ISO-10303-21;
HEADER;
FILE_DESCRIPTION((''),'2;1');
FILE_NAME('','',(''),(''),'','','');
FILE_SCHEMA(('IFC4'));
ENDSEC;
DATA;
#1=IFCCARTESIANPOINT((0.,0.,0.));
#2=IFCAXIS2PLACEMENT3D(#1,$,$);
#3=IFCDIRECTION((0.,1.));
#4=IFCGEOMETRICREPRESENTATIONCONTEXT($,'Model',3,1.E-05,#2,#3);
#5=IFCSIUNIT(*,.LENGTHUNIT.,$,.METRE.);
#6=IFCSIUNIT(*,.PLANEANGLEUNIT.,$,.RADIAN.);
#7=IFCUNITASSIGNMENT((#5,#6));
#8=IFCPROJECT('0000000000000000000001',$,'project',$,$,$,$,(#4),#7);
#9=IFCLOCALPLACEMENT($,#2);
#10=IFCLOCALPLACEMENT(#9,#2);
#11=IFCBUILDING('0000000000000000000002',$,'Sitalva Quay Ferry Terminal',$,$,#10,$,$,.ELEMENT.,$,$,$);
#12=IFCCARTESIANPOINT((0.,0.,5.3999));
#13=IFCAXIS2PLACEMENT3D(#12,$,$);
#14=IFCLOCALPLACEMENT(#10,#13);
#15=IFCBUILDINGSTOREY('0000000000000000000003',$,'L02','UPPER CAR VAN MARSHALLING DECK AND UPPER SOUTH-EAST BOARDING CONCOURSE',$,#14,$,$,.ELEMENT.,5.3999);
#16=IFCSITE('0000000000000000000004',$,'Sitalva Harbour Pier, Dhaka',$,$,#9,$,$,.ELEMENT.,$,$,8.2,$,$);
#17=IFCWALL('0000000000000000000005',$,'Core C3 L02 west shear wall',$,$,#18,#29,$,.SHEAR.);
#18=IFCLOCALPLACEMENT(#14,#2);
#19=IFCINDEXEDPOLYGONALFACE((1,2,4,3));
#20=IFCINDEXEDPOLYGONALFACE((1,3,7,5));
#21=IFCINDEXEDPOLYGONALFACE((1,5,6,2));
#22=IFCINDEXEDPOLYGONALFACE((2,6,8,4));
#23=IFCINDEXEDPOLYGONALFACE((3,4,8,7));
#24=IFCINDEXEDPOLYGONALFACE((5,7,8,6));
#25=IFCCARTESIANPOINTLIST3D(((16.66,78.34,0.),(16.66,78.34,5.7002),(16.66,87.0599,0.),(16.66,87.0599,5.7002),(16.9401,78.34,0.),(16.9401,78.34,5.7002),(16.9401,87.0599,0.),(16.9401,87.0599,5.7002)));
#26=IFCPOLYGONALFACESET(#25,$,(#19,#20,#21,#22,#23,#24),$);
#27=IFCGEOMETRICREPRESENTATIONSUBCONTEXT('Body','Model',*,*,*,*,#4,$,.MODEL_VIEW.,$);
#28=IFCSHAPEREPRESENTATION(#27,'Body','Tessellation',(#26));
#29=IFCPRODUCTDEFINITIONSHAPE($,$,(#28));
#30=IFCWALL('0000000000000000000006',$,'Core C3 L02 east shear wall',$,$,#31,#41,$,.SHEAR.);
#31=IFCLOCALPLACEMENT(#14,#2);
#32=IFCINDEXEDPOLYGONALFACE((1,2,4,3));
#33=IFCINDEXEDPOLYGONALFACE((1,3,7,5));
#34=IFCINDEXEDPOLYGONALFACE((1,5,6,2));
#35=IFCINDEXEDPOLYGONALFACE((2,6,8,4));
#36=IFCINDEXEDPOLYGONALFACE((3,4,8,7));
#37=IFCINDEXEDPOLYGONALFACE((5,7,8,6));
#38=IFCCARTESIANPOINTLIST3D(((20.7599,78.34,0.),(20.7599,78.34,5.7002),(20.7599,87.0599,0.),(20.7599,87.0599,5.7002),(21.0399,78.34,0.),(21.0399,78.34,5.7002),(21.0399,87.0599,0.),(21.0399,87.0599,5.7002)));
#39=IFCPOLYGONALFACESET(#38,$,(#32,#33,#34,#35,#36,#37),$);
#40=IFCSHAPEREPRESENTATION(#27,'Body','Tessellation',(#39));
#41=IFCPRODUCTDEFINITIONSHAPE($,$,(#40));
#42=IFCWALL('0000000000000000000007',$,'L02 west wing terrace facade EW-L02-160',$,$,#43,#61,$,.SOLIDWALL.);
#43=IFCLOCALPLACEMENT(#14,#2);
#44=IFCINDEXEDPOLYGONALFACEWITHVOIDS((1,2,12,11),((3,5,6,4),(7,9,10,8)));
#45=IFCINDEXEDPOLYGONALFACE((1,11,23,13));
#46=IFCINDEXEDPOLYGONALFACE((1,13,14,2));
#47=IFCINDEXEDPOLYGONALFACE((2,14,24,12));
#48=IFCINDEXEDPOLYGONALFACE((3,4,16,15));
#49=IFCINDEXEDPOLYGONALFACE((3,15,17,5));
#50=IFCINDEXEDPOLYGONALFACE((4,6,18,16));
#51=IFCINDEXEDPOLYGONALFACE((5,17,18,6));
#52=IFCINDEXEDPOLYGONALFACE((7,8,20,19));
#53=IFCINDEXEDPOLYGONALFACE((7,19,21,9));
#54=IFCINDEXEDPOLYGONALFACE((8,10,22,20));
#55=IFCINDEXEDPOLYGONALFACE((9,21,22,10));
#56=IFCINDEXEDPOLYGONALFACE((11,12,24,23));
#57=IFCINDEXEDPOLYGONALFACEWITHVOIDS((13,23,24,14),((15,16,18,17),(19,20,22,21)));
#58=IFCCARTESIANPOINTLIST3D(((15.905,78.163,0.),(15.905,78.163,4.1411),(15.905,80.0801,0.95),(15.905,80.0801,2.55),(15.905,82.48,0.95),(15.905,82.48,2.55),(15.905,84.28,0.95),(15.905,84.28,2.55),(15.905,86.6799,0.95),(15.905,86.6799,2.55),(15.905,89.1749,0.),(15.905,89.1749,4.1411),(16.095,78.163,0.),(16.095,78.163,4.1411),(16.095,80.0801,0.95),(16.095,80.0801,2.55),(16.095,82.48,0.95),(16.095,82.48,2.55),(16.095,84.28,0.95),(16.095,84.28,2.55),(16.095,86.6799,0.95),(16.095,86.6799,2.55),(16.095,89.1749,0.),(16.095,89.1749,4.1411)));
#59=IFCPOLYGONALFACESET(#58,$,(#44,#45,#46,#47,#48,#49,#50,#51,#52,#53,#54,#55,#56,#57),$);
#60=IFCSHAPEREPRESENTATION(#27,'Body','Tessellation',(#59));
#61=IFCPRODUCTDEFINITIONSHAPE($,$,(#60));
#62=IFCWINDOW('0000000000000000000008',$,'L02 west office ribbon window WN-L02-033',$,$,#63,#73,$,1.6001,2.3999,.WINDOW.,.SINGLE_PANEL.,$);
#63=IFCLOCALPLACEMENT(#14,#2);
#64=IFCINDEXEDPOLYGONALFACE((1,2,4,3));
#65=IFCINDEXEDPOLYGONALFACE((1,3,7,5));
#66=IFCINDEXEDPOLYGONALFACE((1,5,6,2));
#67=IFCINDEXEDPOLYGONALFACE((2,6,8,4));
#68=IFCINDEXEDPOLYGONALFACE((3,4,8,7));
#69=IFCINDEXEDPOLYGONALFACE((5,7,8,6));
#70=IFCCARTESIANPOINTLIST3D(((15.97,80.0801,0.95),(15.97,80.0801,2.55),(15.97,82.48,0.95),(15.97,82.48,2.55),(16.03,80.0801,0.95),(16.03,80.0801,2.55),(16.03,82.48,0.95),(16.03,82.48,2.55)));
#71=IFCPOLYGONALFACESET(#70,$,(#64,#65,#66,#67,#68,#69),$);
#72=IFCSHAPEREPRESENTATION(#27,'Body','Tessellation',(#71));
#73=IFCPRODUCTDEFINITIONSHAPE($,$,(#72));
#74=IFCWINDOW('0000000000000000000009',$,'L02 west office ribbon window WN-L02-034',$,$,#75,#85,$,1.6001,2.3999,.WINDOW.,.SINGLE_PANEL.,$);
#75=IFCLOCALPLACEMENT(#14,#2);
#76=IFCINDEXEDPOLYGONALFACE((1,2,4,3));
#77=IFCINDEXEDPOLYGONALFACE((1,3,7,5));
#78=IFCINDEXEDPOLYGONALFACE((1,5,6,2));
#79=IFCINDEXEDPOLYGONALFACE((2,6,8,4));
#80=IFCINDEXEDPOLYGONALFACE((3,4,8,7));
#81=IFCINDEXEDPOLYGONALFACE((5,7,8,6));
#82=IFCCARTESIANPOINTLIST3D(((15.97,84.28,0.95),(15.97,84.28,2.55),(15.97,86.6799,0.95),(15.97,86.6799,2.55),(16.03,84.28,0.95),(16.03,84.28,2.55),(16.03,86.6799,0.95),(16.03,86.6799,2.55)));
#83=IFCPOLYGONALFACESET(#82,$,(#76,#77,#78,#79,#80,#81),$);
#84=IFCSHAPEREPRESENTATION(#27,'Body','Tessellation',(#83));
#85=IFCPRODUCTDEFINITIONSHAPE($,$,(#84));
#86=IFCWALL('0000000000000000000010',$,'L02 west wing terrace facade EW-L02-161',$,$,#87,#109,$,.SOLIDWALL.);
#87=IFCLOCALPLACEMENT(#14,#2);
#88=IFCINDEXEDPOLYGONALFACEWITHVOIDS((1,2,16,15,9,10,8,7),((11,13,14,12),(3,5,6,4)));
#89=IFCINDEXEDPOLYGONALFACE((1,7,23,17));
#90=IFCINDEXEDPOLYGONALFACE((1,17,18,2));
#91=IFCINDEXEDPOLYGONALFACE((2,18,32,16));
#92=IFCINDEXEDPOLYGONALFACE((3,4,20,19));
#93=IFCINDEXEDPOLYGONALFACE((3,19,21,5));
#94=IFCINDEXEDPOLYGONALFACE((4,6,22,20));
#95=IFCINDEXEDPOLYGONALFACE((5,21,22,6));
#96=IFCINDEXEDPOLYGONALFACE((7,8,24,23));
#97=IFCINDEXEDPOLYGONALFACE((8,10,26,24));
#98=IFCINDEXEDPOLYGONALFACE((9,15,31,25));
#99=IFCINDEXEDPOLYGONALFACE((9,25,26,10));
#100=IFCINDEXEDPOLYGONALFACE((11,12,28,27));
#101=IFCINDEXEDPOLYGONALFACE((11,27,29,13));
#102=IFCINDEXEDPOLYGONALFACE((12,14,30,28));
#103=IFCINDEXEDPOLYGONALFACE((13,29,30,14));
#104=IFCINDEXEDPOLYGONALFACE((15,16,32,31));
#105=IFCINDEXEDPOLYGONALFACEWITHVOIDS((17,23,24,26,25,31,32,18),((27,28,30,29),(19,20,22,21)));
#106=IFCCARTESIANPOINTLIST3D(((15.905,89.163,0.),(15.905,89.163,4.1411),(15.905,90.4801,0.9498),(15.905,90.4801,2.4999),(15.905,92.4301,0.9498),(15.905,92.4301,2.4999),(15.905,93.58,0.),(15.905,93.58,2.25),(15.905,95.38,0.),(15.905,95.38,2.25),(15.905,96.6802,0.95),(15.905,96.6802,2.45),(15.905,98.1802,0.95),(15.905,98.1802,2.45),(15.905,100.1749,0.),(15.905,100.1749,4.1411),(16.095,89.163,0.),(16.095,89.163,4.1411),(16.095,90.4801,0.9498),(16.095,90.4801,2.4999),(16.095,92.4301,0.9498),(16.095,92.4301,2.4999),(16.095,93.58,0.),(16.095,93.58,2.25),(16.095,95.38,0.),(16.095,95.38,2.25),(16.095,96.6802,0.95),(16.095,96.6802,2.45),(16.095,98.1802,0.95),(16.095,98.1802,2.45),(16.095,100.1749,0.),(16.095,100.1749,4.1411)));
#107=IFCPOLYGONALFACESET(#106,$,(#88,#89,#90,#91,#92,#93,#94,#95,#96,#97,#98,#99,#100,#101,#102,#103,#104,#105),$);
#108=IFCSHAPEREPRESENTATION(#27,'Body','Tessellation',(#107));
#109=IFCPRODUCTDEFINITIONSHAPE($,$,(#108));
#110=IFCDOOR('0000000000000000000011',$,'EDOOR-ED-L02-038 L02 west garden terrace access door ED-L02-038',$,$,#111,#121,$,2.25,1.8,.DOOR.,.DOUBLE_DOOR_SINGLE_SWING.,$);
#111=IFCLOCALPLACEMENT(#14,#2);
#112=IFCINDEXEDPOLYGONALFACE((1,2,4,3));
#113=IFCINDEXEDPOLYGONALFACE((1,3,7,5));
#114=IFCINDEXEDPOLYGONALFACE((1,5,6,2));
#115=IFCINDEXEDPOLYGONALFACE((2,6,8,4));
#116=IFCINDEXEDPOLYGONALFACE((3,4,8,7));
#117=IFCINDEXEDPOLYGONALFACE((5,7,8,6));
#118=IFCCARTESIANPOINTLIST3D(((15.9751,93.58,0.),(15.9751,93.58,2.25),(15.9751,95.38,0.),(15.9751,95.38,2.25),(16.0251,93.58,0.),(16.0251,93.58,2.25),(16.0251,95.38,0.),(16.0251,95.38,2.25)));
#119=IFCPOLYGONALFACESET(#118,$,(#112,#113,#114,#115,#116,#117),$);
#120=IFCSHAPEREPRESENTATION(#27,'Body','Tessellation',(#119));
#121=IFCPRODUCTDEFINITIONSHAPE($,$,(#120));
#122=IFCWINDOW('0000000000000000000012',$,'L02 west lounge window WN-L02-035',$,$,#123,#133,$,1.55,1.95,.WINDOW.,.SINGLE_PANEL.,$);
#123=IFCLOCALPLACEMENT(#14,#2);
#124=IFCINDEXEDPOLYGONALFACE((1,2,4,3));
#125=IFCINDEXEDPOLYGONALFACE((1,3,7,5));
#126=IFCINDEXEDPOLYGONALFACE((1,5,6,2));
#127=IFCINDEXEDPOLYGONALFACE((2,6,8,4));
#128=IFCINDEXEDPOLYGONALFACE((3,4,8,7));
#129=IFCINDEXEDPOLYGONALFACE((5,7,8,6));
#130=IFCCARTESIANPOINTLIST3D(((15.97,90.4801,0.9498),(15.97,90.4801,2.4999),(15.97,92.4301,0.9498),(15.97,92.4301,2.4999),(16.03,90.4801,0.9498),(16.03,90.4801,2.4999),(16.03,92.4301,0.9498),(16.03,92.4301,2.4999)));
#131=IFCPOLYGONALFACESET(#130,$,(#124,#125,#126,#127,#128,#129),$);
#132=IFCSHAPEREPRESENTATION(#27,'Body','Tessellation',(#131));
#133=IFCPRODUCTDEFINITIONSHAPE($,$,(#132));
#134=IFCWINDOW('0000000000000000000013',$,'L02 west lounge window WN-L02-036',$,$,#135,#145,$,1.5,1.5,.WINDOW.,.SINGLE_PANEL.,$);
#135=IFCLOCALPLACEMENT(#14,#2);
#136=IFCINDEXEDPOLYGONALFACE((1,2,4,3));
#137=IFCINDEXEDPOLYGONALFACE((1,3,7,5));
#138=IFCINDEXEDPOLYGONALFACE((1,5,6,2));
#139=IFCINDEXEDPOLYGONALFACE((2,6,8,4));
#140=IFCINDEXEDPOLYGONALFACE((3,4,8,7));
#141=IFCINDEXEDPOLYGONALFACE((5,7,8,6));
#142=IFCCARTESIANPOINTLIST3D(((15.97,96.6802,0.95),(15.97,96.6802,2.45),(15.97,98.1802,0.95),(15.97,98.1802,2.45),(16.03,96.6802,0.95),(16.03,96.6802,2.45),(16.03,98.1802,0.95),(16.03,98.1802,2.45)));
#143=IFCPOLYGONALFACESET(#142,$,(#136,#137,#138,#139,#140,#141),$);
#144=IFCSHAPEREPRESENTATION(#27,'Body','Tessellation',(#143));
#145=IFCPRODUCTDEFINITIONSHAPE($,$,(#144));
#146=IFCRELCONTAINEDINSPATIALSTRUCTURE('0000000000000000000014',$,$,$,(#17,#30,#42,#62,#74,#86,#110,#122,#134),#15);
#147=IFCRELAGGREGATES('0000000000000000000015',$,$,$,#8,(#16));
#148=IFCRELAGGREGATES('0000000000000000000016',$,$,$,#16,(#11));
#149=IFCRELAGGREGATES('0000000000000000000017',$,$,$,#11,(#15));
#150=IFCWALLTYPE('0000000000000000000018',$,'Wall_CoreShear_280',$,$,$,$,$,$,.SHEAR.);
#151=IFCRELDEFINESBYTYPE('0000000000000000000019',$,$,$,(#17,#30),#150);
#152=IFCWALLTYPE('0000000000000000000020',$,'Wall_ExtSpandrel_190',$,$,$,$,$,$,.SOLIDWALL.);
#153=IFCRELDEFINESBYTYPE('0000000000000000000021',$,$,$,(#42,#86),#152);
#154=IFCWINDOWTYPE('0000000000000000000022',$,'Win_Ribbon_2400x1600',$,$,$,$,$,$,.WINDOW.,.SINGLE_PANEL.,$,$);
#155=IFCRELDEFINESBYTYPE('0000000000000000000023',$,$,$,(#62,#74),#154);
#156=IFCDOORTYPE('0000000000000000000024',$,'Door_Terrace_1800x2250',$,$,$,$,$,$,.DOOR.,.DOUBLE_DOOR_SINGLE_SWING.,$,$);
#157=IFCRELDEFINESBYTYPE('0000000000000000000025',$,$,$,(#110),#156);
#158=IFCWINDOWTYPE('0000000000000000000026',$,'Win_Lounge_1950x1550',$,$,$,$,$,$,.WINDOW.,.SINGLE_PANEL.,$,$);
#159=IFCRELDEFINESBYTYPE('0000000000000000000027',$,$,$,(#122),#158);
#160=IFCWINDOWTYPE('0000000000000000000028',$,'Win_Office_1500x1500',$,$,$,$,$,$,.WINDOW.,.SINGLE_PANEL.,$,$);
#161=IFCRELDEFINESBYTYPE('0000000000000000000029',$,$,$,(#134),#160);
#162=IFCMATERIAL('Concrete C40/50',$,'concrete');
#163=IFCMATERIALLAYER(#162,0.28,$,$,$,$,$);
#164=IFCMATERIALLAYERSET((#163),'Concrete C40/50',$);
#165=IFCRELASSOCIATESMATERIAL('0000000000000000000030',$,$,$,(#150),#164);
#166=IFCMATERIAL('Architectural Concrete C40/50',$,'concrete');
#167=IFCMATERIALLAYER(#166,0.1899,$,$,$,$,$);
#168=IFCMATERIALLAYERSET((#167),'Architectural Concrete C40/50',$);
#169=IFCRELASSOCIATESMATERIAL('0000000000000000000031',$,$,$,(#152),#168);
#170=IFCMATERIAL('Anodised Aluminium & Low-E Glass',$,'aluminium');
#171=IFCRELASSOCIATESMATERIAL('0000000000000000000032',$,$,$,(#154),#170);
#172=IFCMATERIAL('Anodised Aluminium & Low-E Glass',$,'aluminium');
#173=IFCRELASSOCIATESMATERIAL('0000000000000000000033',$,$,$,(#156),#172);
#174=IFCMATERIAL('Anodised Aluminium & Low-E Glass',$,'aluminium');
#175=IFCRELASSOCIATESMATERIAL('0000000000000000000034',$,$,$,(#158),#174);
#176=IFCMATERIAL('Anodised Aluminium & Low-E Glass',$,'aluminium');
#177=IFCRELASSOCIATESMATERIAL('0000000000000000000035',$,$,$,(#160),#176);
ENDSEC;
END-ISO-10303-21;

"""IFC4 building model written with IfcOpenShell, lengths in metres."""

from ifc_helpers import new_model, si_unit, direction, frame, frame_2d, origin, place, context, subcontext, project, spatial, rectangle, extrude, material, layer, layer_set, type_object, element, fill, save


model = new_model("IFC4")

# Units and contexts
model_context = context("Model", 3, precision=1e-05, world=origin(), true_north=direction((0.0, 1.0)))
body_context = subcontext(model_context, "Body", "Model", "MODEL_VIEW")
ifc_project = project(units=[si_unit("LENGTHUNIT", "METRE"), si_unit("PLANEANGLEUNIT", "RADIAN")], contexts=[model_context])

# Site, building, storey
site_placement = place(None, origin())
site = spatial("IfcSite", under=ifc_project, at=site_placement, Name="Sitalva Harbour Pier, Dhaka", CompositionType="ELEMENT", RefElevation=8.2)
building_placement = place(site_placement, origin())
building = spatial("IfcBuilding", under=site, at=building_placement, Name="Sitalva Quay Ferry Terminal", CompositionType="ELEMENT")
storey_placement = place(building_placement, frame((0.0, 0.0, 5.3999)))
storey = spatial("IfcBuildingStorey", under=building, at=storey_placement, Name="L02", Description="UPPER CAR VAN MARSHALLING DECK AND UPPER SOUTH-EAST BOARDING CONCOURSE", CompositionType="ELEMENT", Elevation=5.3999)

# Shared definitions
ifc_material_1 = material(Name="Concrete C40/50", Category="concrete")
ifc_layer_1 = layer(ifc_material_1, 0.28)
ifc_layer_set_1 = layer_set([ifc_layer_1], Name="Concrete C40/50")
wall_type_1 = type_object("IfcWallType", Name="Wall_CoreShear_280", PredefinedType="SHEAR", material=ifc_layer_set_1)

# Walls
for number, where, z_axis, x_axis, name in (
    (1, (16.8, 78.3401, 0.0), (0.0, 0.0, 1.0), (0.0, 1.0, 0.0), "Core C3 L02 west shear wall"),
    (2, (20.8999, 78.3401, 0.0), (0.0, 0.0, 1.0), (0.0, 1.0, 0.0), "Core C3 L02 east shear wall"),
):
    element("IfcWall", number, at=place(storey_placement, frame(where, z_axis=z_axis, x_axis=x_axis)), inside=storey, type_object=wall_type_1, Name=name, PredefinedType="SHEAR", context=body_context, shape_type="SweptSolid", body=[
        extrude(rectangle(XDim=8.72, YDim=0.28, at=frame_2d((4.3599, 0.0))), origin(), (0.0, 0.0, 1.0), 5.7002),
    ])

# Wall, openings, windows
ifc_material_2 = material(Name="Architectural Concrete C40/50", Category="concrete")
ifc_layer_2 = layer(ifc_material_2, 0.1899)
ifc_layer_set_2 = layer_set([ifc_layer_2], Name="Architectural Concrete C40/50")
wall_type_2 = type_object("IfcWallType", Name="Wall_ExtSpandrel_190", PredefinedType="SOLIDWALL", material=ifc_layer_set_2)
wall_1_placement = place(storey_placement, frame((16.0, 78.1631, 0.0), z_axis=(0.0, 0.0, 1.0), x_axis=(0.0, 1.0, 0.0)))
wall_1 = element("IfcWall", 3, at=wall_1_placement, inside=storey, type_object=wall_type_2, Name="L02 west wing terrace facade EW-L02-160", PredefinedType="SOLIDWALL", context=body_context, shape_type="SweptSolid", body=[
    extrude(rectangle(XDim=11.012, YDim=0.1899, at=frame_2d((5.5059, 0.0))), origin(), (0.0, 0.0, 1.0), 4.1411),
])
opening_1_placement = place(wall_1_placement, frame((1.917, 0.0, 0.95)))
opening_1 = element("IfcOpeningElement", 4, at=opening_1_placement, cuts=wall_1, PredefinedType="OPENING", context=body_context, shape_type="SweptSolid", body=[
    extrude(rectangle(XDim=2.3999, YDim=1.6001, at=frame_2d((1.2, 0.8))), frame((0.0, 0.105, 0.0), z_axis=(0.0, -1.0, 0.0), x_axis=(1.0, 0.0, 0.0)), (0.0, 0.0, 1.0), 0.21),
])
opening_2_placement = place(wall_1_placement, frame((6.1169, 0.0, 0.95)))
opening_2 = element("IfcOpeningElement", 5, at=opening_2_placement, cuts=wall_1, PredefinedType="OPENING", context=body_context, shape_type="SweptSolid", body=[
    extrude(rectangle(XDim=2.3999, YDim=1.6001, at=frame_2d((1.2, 0.8))), frame((0.0, 0.105, 0.0), z_axis=(0.0, -1.0, 0.0), x_axis=(1.0, 0.0, 0.0)), (0.0, 0.0, 1.0), 0.21),
])
ifc_material_3 = material(Name="Anodised Aluminium & Low-E Glass", Category="aluminium")
window_type_1 = type_object("IfcWindowType", Name="Win_Ribbon_2400x1600", PartitioningType="SINGLE_PANEL", PredefinedType="WINDOW", material=ifc_material_3)
window_1_placement = place(opening_1_placement, origin())
window_1 = element("IfcWindow", 6, at=window_1_placement, inside=storey, type_object=window_type_1, Name="L02 west office ribbon window WN-L02-033", OverallHeight=1.6001, OverallWidth=2.3999, PartitioningType="SINGLE_PANEL", PredefinedType="WINDOW", context=body_context, shape_type="SweptSolid", body=[
    extrude(rectangle(XDim=2.3999, YDim=1.6001, at=frame_2d((1.2, 0.8))), frame((0.0, 0.03, 0.0), z_axis=(0.0, -1.0, 0.0), x_axis=(1.0, 0.0, 0.0)), (0.0, 0.0, 1.0), 0.0601),
])
fill(opening_1, window_1)
window_2_placement = place(opening_2_placement, origin())
window_2 = element("IfcWindow", 7, at=window_2_placement, inside=storey, type_object=window_type_1, Name="L02 west office ribbon window WN-L02-034", OverallHeight=1.6001, OverallWidth=2.3999, PartitioningType="SINGLE_PANEL", PredefinedType="WINDOW", context=body_context, shape_type="SweptSolid", body=[
    extrude(rectangle(XDim=2.3999, YDim=1.6001, at=frame_2d((1.2, 0.8))), frame((0.0, 0.03, 0.0), z_axis=(0.0, -1.0, 0.0), x_axis=(1.0, 0.0, 0.0)), (0.0, 0.0, 1.0), 0.0601),
])
fill(opening_2, window_2)

# Wall, openings, door, windows
wall_2_placement = place(storey_placement, frame((16.0, 89.1631, 0.0), z_axis=(0.0, 0.0, 1.0), x_axis=(0.0, 1.0, 0.0)))
wall_2 = element("IfcWall", 8, at=wall_2_placement, inside=storey, type_object=wall_type_2, Name="L02 west wing terrace facade EW-L02-161", PredefinedType="SOLIDWALL", context=body_context, shape_type="SweptSolid", body=[
    extrude(rectangle(XDim=11.012, YDim=0.1899, at=frame_2d((5.5059, 0.0))), origin(), (0.0, 0.0, 1.0), 4.1411),
])
opening_3_placement = place(wall_2_placement, frame((4.417, 0.0, 0.0)))
opening_3 = element("IfcOpeningElement", 9, at=opening_3_placement, cuts=wall_2, PredefinedType="OPENING", context=body_context, shape_type="SweptSolid", body=[
    extrude(rectangle(XDim=1.8, YDim=2.25, at=frame_2d((0.8999, 1.125))), frame((0.0, 0.105, 0.0), z_axis=(0.0, -1.0, 0.0), x_axis=(1.0, 0.0, 0.0)), (0.0, 0.0, 1.0), 0.21),
])
opening_4_placement = place(wall_2_placement, frame((1.3169, 0.0, 0.95)))
opening_4 = element("IfcOpeningElement", 10, at=opening_4_placement, cuts=wall_2, PredefinedType="OPENING", context=body_context, shape_type="SweptSolid", body=[
    extrude(rectangle(XDim=1.95, YDim=1.55, at=frame_2d((0.9751, 0.7749))), frame((0.0, 0.105, 0.0), z_axis=(0.0, -1.0, 0.0), x_axis=(1.0, 0.0, 0.0)), (0.0, 0.0, 1.0), 0.21),
])
opening_5_placement = place(wall_2_placement, frame((7.5171, 0.0, 0.95)))
opening_5 = element("IfcOpeningElement", 11, at=opening_5_placement, cuts=wall_2, PredefinedType="OPENING", context=body_context, shape_type="SweptSolid", body=[
    extrude(rectangle(XDim=1.5, YDim=1.5, at=frame_2d((0.75, 0.75))), frame((0.0, 0.105, 0.0), z_axis=(0.0, -1.0, 0.0), x_axis=(1.0, 0.0, 0.0)), (0.0, 0.0, 1.0), 0.21),
])
ifc_material_4 = material(Name="Anodised Aluminium & Low-E Glass", Category="aluminium")
door_type_1 = type_object("IfcDoorType", Name="Door_Terrace_1800x2250", OperationType="DOUBLE_DOOR_SINGLE_SWING", PredefinedType="DOOR", material=ifc_material_4)
door_1_placement = place(opening_3_placement, origin())
door_1 = element("IfcDoor", 12, at=door_1_placement, inside=storey, type_object=door_type_1, Name="EDOOR-ED-L02-038 L02 west garden terrace access door ED-L02-038", OperationType="DOUBLE_DOOR_SINGLE_SWING", OverallHeight=2.25, OverallWidth=1.8, PredefinedType="DOOR", context=body_context, shape_type="SweptSolid", body=[
    extrude(rectangle(XDim=1.8, YDim=2.25, at=frame_2d((0.8999, 1.125))), frame((0.0, 0.0249, 0.0), z_axis=(0.0, -1.0, 0.0), x_axis=(1.0, 0.0, 0.0)), (0.0, 0.0, 1.0), 0.05),
])
fill(opening_3, door_1)
ifc_material_5 = material(Name="Anodised Aluminium & Low-E Glass", Category="aluminium")
window_type_2 = type_object("IfcWindowType", Name="Win_Lounge_1950x1550", PartitioningType="SINGLE_PANEL", PredefinedType="WINDOW", material=ifc_material_5)
window_3_placement = place(opening_4_placement, origin())
window_3 = element("IfcWindow", 13, at=window_3_placement, inside=storey, type_object=window_type_2, Name="L02 west lounge window WN-L02-035", OverallHeight=1.55, OverallWidth=1.95, PartitioningType="SINGLE_PANEL", PredefinedType="WINDOW", context=body_context, shape_type="SweptSolid", body=[
    extrude(rectangle(XDim=1.95, YDim=1.55, at=frame_2d((0.9751, 0.7749))), frame((0.0, 0.03, 0.0), z_axis=(0.0, -1.0, 0.0), x_axis=(1.0, 0.0, 0.0)), (0.0, 0.0, 1.0), 0.0601),
])
fill(opening_4, window_3)
ifc_material_6 = material(Name="Anodised Aluminium & Low-E Glass", Category="aluminium")
window_type_3 = type_object("IfcWindowType", Name="Win_Office_1500x1500", PartitioningType="SINGLE_PANEL", PredefinedType="WINDOW", material=ifc_material_6)
window_4_placement = place(opening_5_placement, origin())
window_4 = element("IfcWindow", 14, at=window_4_placement, inside=storey, type_object=window_type_3, Name="L02 west lounge window WN-L02-036", OverallHeight=1.5, OverallWidth=1.5, PartitioningType="SINGLE_PANEL", PredefinedType="WINDOW", context=body_context, shape_type="SweptSolid", body=[
    extrude(rectangle(XDim=1.5, YDim=1.5, at=frame_2d((0.75, 0.75))), frame((0.0, 0.03, 0.0), z_axis=(0.0, -1.0, 0.0), x_axis=(1.0, 0.0, 0.0)), (0.0, 0.0, 1.0), 0.0601),
])
fill(opening_5, window_4)

save(model, "model.ifc")
